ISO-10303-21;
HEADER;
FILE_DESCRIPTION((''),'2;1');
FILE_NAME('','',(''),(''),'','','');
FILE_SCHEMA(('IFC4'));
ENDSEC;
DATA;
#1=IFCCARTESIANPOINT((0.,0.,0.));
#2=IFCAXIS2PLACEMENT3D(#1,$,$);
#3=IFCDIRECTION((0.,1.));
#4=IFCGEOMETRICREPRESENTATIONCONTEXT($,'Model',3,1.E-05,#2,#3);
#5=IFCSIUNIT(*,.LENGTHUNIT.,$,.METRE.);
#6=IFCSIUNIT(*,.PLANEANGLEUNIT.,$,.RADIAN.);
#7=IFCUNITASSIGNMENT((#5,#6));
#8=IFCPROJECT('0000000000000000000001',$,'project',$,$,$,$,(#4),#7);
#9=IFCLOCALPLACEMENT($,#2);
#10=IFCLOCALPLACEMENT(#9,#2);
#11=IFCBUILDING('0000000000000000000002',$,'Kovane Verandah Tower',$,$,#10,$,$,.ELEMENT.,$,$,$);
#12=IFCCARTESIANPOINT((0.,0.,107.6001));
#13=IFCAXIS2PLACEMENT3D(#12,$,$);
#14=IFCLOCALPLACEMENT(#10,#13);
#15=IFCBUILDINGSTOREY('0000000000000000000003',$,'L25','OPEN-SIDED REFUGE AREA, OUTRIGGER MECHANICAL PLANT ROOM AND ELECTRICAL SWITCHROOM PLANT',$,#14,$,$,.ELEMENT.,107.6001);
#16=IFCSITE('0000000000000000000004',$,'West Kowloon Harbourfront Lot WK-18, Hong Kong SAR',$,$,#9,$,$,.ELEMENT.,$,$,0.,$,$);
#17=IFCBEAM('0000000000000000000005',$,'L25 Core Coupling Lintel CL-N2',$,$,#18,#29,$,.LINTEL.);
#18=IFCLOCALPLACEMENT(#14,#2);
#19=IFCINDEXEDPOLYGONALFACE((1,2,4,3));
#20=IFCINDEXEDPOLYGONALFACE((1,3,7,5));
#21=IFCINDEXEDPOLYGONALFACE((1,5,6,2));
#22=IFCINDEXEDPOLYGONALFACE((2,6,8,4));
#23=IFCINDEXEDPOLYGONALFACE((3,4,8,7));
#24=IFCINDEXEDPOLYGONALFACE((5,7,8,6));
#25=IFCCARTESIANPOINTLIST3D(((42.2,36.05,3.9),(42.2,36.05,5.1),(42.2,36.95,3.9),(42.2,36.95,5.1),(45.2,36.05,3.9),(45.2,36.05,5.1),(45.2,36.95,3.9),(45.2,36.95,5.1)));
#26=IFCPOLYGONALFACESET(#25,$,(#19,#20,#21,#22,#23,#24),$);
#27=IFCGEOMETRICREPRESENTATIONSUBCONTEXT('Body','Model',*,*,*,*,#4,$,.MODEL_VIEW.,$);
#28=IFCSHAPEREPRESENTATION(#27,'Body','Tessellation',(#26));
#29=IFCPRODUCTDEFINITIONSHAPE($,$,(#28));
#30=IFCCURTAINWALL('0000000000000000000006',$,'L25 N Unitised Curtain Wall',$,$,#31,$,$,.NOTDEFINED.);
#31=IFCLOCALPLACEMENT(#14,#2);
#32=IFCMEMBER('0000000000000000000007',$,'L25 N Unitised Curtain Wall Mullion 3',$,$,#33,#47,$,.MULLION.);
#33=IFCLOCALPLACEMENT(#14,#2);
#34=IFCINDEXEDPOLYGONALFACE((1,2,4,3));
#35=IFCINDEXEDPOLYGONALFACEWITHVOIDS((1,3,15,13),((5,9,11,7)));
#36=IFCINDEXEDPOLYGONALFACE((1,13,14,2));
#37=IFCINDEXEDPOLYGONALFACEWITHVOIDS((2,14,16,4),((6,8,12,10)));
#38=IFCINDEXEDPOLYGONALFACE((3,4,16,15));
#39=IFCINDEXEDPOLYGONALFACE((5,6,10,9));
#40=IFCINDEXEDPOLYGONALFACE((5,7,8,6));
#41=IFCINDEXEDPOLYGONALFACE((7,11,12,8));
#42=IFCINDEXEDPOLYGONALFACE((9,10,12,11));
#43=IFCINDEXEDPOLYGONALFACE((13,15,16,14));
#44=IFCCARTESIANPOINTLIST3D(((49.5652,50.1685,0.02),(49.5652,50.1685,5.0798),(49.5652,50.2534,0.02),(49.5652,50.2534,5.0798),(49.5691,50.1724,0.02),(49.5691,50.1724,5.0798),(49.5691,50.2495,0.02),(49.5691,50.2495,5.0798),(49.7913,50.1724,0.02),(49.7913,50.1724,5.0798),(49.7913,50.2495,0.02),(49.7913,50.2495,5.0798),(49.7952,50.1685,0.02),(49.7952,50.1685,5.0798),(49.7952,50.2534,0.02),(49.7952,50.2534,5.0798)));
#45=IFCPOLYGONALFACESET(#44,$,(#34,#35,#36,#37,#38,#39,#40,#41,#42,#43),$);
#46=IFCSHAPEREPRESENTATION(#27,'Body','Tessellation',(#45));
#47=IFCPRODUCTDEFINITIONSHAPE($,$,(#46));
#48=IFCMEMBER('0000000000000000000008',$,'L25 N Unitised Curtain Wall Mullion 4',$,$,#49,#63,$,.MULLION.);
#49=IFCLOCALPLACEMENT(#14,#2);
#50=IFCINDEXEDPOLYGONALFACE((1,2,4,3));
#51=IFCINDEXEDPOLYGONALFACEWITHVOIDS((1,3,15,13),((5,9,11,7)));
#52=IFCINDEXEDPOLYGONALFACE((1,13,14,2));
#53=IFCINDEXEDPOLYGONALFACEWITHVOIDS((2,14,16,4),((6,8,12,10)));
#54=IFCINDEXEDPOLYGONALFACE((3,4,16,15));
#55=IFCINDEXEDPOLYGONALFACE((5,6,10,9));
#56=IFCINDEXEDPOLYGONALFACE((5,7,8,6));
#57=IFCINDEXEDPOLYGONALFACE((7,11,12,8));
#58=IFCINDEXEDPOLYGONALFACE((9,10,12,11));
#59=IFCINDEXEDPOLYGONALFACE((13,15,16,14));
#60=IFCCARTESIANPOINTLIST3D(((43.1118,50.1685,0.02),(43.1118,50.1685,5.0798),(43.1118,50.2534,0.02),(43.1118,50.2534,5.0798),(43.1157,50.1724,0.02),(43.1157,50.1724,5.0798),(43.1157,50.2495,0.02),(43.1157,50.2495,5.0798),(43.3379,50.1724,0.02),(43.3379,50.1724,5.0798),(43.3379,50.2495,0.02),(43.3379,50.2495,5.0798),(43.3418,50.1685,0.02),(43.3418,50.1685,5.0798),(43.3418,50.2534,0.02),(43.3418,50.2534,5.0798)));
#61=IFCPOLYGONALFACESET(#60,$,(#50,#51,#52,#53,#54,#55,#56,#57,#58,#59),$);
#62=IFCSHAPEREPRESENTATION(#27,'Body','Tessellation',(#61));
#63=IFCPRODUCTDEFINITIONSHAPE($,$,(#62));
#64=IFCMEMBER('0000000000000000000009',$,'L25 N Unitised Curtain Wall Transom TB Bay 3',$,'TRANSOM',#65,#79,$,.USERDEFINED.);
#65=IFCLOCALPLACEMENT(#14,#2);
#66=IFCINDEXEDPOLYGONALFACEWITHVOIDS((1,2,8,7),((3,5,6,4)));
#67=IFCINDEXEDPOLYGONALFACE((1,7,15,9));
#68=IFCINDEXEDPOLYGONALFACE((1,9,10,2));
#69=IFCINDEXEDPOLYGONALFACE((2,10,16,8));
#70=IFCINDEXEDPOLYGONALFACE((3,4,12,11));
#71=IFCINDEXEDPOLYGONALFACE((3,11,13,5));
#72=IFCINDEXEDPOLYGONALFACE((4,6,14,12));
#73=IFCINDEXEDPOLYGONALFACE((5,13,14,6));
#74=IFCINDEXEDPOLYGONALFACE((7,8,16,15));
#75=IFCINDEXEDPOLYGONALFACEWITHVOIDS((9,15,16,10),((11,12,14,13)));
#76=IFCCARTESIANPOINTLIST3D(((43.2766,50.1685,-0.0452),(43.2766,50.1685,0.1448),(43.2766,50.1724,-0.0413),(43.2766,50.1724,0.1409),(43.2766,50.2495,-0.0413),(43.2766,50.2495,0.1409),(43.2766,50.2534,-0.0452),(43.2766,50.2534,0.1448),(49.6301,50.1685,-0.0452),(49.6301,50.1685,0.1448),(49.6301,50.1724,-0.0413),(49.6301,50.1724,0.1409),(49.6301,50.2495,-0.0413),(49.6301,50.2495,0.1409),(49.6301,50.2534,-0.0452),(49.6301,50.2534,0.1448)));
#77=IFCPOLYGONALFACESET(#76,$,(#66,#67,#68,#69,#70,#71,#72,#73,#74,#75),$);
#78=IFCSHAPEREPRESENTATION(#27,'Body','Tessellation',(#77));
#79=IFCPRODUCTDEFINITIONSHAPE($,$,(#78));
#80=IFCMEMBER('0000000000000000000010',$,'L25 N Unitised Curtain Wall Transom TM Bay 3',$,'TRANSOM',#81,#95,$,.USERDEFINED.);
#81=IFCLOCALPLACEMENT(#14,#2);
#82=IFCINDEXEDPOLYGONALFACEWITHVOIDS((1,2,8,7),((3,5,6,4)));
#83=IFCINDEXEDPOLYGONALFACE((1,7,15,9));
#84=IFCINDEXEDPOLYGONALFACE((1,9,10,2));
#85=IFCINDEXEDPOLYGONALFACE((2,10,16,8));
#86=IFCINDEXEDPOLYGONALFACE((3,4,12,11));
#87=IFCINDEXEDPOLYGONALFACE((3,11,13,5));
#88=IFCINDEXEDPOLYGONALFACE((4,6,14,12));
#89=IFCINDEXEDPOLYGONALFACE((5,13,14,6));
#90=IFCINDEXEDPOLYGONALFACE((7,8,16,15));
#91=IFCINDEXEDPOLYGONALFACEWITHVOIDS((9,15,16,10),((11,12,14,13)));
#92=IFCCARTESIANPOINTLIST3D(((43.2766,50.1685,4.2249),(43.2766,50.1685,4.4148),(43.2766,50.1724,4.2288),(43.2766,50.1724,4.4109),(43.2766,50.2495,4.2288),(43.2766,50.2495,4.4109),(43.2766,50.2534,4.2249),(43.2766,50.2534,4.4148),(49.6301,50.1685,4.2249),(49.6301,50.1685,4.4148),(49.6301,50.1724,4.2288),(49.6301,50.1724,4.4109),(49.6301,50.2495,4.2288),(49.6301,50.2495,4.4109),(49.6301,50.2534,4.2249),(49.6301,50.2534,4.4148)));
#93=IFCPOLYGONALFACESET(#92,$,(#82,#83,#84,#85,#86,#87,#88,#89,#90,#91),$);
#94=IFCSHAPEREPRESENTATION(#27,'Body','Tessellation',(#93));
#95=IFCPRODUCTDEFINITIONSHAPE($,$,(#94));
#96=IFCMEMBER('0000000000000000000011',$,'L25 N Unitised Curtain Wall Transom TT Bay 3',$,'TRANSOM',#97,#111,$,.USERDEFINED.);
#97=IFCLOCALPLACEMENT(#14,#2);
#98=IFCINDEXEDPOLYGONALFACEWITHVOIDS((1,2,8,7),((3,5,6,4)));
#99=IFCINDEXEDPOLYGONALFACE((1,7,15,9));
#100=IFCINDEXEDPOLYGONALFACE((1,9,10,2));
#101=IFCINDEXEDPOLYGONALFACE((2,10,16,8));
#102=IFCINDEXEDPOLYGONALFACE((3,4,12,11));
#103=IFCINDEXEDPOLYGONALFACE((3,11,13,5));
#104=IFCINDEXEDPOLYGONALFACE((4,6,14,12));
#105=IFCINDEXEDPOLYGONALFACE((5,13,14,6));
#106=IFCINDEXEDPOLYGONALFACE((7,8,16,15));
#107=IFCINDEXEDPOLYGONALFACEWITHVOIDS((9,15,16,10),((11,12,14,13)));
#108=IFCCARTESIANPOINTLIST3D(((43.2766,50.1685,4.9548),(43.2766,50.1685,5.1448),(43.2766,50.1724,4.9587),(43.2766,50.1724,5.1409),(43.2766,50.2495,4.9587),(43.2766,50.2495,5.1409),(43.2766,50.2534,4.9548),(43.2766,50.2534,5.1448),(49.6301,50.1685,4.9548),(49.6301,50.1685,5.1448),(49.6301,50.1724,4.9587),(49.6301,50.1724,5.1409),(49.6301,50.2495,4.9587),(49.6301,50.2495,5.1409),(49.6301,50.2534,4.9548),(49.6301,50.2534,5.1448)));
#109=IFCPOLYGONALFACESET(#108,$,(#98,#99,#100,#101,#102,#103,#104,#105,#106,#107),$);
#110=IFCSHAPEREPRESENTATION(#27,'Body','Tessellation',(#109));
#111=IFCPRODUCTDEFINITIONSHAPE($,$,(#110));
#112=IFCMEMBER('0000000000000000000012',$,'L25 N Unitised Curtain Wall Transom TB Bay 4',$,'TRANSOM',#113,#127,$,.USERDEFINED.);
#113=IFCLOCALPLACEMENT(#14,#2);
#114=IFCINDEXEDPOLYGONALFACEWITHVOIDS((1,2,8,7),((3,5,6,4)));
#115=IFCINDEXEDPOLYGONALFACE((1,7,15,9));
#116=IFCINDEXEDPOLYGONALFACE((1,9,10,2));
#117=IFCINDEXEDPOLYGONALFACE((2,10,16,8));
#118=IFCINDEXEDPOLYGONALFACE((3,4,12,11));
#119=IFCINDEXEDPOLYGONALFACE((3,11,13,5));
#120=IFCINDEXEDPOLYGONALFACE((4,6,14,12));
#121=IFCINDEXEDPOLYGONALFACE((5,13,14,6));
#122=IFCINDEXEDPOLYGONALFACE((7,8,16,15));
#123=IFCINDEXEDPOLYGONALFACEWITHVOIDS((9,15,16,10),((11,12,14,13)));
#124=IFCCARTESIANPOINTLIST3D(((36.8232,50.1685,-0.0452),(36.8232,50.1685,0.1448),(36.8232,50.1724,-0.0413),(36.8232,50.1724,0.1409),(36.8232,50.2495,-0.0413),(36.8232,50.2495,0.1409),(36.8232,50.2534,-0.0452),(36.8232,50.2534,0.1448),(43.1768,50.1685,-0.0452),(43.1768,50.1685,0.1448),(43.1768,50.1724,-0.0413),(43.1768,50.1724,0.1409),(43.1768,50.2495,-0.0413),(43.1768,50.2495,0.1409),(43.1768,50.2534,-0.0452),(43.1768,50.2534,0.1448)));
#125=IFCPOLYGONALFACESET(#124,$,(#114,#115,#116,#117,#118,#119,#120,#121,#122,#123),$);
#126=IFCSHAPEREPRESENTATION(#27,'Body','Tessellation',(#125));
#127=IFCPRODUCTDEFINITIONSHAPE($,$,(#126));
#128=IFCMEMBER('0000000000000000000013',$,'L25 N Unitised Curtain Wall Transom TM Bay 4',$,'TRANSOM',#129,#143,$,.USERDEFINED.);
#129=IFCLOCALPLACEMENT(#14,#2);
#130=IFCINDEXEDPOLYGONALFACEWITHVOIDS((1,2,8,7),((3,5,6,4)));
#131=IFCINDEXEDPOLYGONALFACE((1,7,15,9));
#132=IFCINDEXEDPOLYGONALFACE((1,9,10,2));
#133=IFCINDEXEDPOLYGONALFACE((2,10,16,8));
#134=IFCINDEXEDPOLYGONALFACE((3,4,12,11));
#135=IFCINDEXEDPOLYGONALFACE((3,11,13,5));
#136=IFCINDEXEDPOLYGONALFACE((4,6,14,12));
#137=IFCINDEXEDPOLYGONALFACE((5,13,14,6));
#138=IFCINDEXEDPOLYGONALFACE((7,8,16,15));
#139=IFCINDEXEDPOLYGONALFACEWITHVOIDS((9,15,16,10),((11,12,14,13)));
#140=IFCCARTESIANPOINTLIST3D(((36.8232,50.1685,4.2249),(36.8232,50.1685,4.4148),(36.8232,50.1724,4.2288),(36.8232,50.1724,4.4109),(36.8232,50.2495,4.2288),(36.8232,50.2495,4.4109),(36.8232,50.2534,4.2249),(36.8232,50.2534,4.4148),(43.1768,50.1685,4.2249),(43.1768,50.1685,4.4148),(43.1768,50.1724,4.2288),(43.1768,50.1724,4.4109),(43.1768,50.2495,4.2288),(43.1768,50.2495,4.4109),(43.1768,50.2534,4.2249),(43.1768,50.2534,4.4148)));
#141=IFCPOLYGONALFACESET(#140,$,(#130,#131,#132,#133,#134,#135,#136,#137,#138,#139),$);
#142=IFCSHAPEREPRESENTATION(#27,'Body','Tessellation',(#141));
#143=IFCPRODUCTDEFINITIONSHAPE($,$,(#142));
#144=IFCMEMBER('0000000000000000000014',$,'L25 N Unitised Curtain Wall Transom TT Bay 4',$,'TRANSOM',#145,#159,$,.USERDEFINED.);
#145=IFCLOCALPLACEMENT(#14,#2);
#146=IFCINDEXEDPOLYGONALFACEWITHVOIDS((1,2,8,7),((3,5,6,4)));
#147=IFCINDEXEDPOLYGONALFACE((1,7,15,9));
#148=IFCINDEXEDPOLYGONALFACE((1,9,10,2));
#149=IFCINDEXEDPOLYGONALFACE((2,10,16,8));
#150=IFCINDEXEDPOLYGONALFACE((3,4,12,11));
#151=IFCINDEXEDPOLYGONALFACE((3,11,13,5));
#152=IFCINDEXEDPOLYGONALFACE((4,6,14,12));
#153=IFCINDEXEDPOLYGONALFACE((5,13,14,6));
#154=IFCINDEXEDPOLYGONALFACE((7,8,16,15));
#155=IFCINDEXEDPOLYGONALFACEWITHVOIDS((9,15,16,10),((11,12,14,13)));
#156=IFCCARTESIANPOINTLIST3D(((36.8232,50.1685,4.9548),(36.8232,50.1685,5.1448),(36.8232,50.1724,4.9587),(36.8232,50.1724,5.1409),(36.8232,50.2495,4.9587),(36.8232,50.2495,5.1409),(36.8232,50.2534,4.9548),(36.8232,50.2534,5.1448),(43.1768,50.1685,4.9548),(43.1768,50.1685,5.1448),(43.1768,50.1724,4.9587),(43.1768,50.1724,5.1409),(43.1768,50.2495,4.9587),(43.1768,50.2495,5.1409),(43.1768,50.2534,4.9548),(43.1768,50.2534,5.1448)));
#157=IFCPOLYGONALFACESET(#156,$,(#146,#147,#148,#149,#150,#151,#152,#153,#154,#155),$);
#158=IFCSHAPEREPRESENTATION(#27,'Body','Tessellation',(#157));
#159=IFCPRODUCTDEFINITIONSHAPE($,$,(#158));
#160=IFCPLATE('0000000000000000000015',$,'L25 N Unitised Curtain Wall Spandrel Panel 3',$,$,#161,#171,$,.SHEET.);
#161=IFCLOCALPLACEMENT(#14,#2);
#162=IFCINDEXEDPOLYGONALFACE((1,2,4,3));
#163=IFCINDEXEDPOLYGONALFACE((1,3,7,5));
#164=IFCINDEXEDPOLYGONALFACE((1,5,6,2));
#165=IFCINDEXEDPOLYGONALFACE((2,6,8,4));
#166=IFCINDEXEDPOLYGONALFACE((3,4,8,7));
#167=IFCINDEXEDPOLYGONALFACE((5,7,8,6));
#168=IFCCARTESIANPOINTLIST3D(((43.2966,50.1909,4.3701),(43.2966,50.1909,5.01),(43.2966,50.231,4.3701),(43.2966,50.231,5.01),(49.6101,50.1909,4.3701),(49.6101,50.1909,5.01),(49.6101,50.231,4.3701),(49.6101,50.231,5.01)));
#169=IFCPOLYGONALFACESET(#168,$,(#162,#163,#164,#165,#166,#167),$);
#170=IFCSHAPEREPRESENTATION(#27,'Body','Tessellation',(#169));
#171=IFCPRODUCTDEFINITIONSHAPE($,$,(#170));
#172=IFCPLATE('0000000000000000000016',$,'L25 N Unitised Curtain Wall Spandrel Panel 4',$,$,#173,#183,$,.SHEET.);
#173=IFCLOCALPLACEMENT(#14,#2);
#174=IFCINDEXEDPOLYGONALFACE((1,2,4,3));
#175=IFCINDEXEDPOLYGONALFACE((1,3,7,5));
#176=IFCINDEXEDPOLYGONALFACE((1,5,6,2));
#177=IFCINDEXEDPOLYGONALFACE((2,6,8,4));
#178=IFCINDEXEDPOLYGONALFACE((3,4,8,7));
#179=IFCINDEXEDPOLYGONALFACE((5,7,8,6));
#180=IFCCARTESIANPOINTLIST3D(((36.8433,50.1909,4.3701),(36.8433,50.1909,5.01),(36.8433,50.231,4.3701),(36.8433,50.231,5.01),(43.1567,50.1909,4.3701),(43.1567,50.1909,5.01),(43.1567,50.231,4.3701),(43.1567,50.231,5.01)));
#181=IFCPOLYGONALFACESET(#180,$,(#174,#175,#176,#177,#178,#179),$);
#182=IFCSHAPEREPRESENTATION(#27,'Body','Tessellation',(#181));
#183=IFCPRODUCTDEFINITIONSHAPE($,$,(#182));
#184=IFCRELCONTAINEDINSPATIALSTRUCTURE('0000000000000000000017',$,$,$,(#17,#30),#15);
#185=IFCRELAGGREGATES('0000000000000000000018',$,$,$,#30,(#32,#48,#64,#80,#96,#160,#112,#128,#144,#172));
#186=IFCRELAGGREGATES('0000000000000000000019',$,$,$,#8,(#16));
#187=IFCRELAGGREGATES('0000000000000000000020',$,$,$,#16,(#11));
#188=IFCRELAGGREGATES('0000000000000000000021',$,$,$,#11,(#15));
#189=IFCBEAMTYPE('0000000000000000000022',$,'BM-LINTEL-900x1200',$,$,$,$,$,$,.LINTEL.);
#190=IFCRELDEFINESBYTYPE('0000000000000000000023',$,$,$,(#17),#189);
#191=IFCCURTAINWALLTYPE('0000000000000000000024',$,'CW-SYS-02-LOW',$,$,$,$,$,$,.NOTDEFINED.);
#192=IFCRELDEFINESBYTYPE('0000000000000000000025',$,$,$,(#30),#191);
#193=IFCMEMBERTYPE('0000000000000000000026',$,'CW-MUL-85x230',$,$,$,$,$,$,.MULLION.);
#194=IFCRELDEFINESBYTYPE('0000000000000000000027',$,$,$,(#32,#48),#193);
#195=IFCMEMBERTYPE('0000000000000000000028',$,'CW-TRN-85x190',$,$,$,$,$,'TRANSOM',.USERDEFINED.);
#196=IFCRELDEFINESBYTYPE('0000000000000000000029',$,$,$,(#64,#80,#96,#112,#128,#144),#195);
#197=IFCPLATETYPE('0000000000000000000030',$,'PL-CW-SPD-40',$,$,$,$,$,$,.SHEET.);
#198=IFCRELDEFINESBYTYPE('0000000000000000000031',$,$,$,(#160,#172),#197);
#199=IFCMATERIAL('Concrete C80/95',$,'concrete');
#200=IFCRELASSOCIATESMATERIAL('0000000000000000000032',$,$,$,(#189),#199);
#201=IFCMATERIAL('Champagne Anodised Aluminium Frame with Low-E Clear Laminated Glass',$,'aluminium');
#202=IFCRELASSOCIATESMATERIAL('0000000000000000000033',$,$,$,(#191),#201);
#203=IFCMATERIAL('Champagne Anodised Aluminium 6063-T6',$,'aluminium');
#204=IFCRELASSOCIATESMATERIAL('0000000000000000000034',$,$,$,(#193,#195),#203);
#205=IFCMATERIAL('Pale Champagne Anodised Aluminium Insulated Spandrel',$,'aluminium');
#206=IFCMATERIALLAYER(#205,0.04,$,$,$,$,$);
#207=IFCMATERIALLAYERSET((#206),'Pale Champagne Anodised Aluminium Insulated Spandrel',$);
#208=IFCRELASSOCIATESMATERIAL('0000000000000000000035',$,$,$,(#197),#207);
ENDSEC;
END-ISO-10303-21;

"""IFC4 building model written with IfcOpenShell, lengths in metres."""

from ifc_helpers import new_model, si_unit, direction, frame, origin, origin_2d, place, context, subcontext, project, spatial, rectangle, hollow_rectangle, extrude, material, layer, layer_set, material_profile, profile_set, type_object, element, aggregate, save


model = new_model("IFC4")

# Units and contexts
model_context = context("Model", 3, precision=1e-05, world=origin(), true_north=direction((0.0, 1.0)))
body_context = subcontext(model_context, "Body", "Model", "MODEL_VIEW")
ifc_project = project(units=[si_unit("LENGTHUNIT", "METRE"), si_unit("PLANEANGLEUNIT", "RADIAN")], contexts=[model_context])

# Site, building, storey
site_placement = place(None, origin())
site = spatial("IfcSite", under=ifc_project, at=site_placement, Name="West Kowloon Harbourfront Lot WK-18, Hong Kong SAR", CompositionType="ELEMENT", RefElevation=0.0)
building_placement = place(site_placement, origin())
building = spatial("IfcBuilding", under=site, at=building_placement, Name="Kovane Verandah Tower", CompositionType="ELEMENT")
storey_placement = place(building_placement, frame((0.0, 0.0, 107.6001)))
storey = spatial("IfcBuildingStorey", under=building, at=storey_placement, Name="L25", Description="OPEN-SIDED REFUGE AREA, OUTRIGGER MECHANICAL PLANT ROOM AND ELECTRICAL SWITCHROOM PLANT", CompositionType="ELEMENT", Elevation=107.6001)

# Beam
ifc_material_1 = material(Name="Concrete C80/95", Category="concrete")
ifc_material_profile_1 = material_profile(ifc_material_1, rectangle(XDim=0.8999, YDim=1.2, at=origin_2d()), Name="RCB900x1200")
ifc_profile_set_1 = profile_set([ifc_material_profile_1], Name="Concrete C80/95")
beam_type = type_object("IfcBeamType", Name="BM-LINTEL-900x1200", PredefinedType="LINTEL", material=ifc_profile_set_1)
beam_placement = place(storey_placement, frame((42.2, 36.5, 4.5), z_axis=(1.0, 0.0, 0.0), x_axis=(0.0, 1.0, 0.0)))
element("IfcBeam", 1, at=beam_placement, inside=storey, type_object=beam_type, Name="L25 Core Coupling Lintel CL-N2", PredefinedType="LINTEL", context=body_context, shape_type="SweptSolid", body=[
    extrude(rectangle(XDim=0.8999, YDim=1.2, at=origin_2d()), origin(), (0.0, 0.0, 1.0), 3.0),
])

# Curtain wall, members, plates
ifc_material_2 = material(Name="Champagne Anodised Aluminium Frame with Low-E Clear Laminated Glass", Category="aluminium")
curtain_wall_type = type_object("IfcCurtainWallType", Name="CW-SYS-02-LOW", PredefinedType="NOTDEFINED", material=ifc_material_2)
curtain_wall_placement = place(storey_placement, origin())
curtain_wall = element("IfcCurtainWall", 2, at=curtain_wall_placement, inside=storey, type_object=curtain_wall_type, Name="L25 N Unitised Curtain Wall", PredefinedType="NOTDEFINED")
ifc_material_3 = material(Name="Champagne Anodised Aluminium 6063-T6", Category="aluminium")
ifc_material_profile_2 = material_profile(ifc_material_3, hollow_rectangle(XDim=0.085, YDim=0.23, WallThickness=0.0039, at=origin_2d()), Name="AL85x230x4")
ifc_profile_set_2 = profile_set([ifc_material_profile_2], Name="Champagne Anodised Aluminium 6063-T6")
member_type_1 = type_object("IfcMemberType", Name="CW-MUL-85x230", PredefinedType="MULLION", material=ifc_profile_set_2)
member_1_placement = place(storey_placement, frame((49.6802, 50.2109, 0.02), z_axis=(0.0, 0.0, 1.0), x_axis=(0.0, 1.0, 0.0)))
member_1 = element("IfcMember", 3, at=member_1_placement, type_object=member_type_1, Name="L25 N Unitised Curtain Wall Mullion 3", PredefinedType="MULLION", context=body_context, shape_type="SweptSolid", body=[
    extrude(hollow_rectangle(XDim=0.085, YDim=0.23, WallThickness=0.0039, at=origin_2d()), origin(), (0.0, 0.0, 1.0), 5.0598),
])
member_2_placement = place(storey_placement, frame((43.2268, 50.2109, 0.02), z_axis=(0.0, 0.0, 1.0), x_axis=(0.0, 1.0, 0.0)))
member_2 = element("IfcMember", 4, at=member_2_placement, type_object=member_type_1, Name="L25 N Unitised Curtain Wall Mullion 4", PredefinedType="MULLION", context=body_context, shape_type="SweptSolid", body=[
    extrude(hollow_rectangle(XDim=0.085, YDim=0.23, WallThickness=0.0039, at=origin_2d()), origin(), (0.0, 0.0, 1.0), 5.0598),
])
ifc_material_profile_3 = material_profile(ifc_material_3, hollow_rectangle(XDim=0.085, YDim=0.1899, WallThickness=0.0039, at=origin_2d()), Name="AL85x190x4")
ifc_profile_set_3 = profile_set([ifc_material_profile_3], Name="Champagne Anodised Aluminium 6063-T6")
member_type_2 = type_object("IfcMemberType", Name="CW-TRN-85x190", ElementType="TRANSOM", PredefinedType="USERDEFINED", material=ifc_profile_set_3)
member_3_placement = place(storey_placement, frame((49.6301, 50.2109, 0.0498), z_axis=(-1.0, 0.0, 0.0), x_axis=(0.0, -1.0, 0.0)))
member_3 = element("IfcMember", 5, at=member_3_placement, type_object=member_type_2, Name="L25 N Unitised Curtain Wall Transom TB Bay 3", ObjectType="TRANSOM", PredefinedType="USERDEFINED", context=body_context, shape_type="SweptSolid", body=[
    extrude(hollow_rectangle(XDim=0.085, YDim=0.1899, WallThickness=0.0039, at=origin_2d()), origin(), (0.0, 0.0, 1.0), 6.3535),
])
member_4_placement = place(storey_placement, frame((49.6301, 50.2109, 4.3198), z_axis=(-1.0, 0.0, 0.0), x_axis=(0.0, -1.0, 0.0)))
member_4 = element("IfcMember", 6, at=member_4_placement, type_object=member_type_2, Name="L25 N Unitised Curtain Wall Transom TM Bay 3", ObjectType="TRANSOM", PredefinedType="USERDEFINED", context=body_context, shape_type="SweptSolid", body=[
    extrude(hollow_rectangle(XDim=0.085, YDim=0.1899, WallThickness=0.0039, at=origin_2d()), origin(), (0.0, 0.0, 1.0), 6.3535),
])
member_5_placement = place(storey_placement, frame((49.6301, 50.2109, 5.0498), z_axis=(-1.0, 0.0, 0.0), x_axis=(0.0, -1.0, 0.0)))
member_5 = element("IfcMember", 7, at=member_5_placement, type_object=member_type_2, Name="L25 N Unitised Curtain Wall Transom TT Bay 3", ObjectType="TRANSOM", PredefinedType="USERDEFINED", context=body_context, shape_type="SweptSolid", body=[
    extrude(hollow_rectangle(XDim=0.085, YDim=0.1899, WallThickness=0.0039, at=origin_2d()), origin(), (0.0, 0.0, 1.0), 6.3535),
])
member_6_placement = place(storey_placement, frame((43.1768, 50.2109, 0.0498), z_axis=(-1.0, 0.0, 0.0), x_axis=(0.0, -1.0, 0.0)))
member_6 = element("IfcMember", 8, at=member_6_placement, type_object=member_type_2, Name="L25 N Unitised Curtain Wall Transom TB Bay 4", ObjectType="TRANSOM", PredefinedType="USERDEFINED", context=body_context, shape_type="SweptSolid", body=[
    extrude(hollow_rectangle(XDim=0.085, YDim=0.1899, WallThickness=0.0039, at=origin_2d()), origin(), (0.0, 0.0, 1.0), 6.3535),
])
member_7_placement = place(storey_placement, frame((43.1768, 50.2109, 4.3198), z_axis=(-1.0, 0.0, 0.0), x_axis=(0.0, -1.0, 0.0)))
member_7 = element("IfcMember", 9, at=member_7_placement, type_object=member_type_2, Name="L25 N Unitised Curtain Wall Transom TM Bay 4", ObjectType="TRANSOM", PredefinedType="USERDEFINED", context=body_context, shape_type="SweptSolid", body=[
    extrude(hollow_rectangle(XDim=0.085, YDim=0.1899, WallThickness=0.0039, at=origin_2d()), origin(), (0.0, 0.0, 1.0), 6.3535),
])
member_8_placement = place(storey_placement, frame((43.1768, 50.2109, 5.0498), z_axis=(-1.0, 0.0, 0.0), x_axis=(0.0, -1.0, 0.0)))
member_8 = element("IfcMember", 10, at=member_8_placement, type_object=member_type_2, Name="L25 N Unitised Curtain Wall Transom TT Bay 4", ObjectType="TRANSOM", PredefinedType="USERDEFINED", context=body_context, shape_type="SweptSolid", body=[
    extrude(hollow_rectangle(XDim=0.085, YDim=0.1899, WallThickness=0.0039, at=origin_2d()), origin(), (0.0, 0.0, 1.0), 6.3535),
])
ifc_material_4 = material(Name="Pale Champagne Anodised Aluminium Insulated Spandrel", Category="aluminium")
ifc_layer_1 = layer(ifc_material_4, 0.04)
ifc_layer_set_1 = layer_set([ifc_layer_1], Name="Pale Champagne Anodised Aluminium Insulated Spandrel")
plate_type_1 = type_object("IfcPlateType", Name="PL-CW-SPD-40", PredefinedType="SHEET", material=ifc_layer_set_1)
plate_1_placement = place(storey_placement, frame((46.4534, 50.2109, 4.3701), z_axis=(0.0, 0.0, 1.0), x_axis=(-1.0, 0.0, 0.0)))
plate_1 = element("IfcPlate", 11, at=plate_1_placement, type_object=plate_type_1, Name="L25 N Unitised Curtain Wall Spandrel Panel 3", PredefinedType="SHEET", context=body_context, shape_type="SweptSolid", body=[
    extrude(rectangle(XDim=6.3135, YDim=0.04, at=origin_2d()), origin(), (0.0, 0.0, 1.0), 0.6399),
])
plate_2_placement = place(storey_placement, frame((40.0, 50.2109, 4.3701), z_axis=(0.0, 0.0, 1.0), x_axis=(-1.0, 0.0, 0.0)))
plate_2 = element("IfcPlate", 12, at=plate_2_placement, type_object=plate_type_1, Name="L25 N Unitised Curtain Wall Spandrel Panel 4", PredefinedType="SHEET", context=body_context, shape_type="SweptSolid", body=[
    extrude(rectangle(XDim=6.3135, YDim=0.04, at=origin_2d()), origin(), (0.0, 0.0, 1.0), 0.6399),
])
aggregate(curtain_wall, [member_1, member_2, member_3, member_4, member_5, plate_1, member_6, member_7, member_8, plate_2])

save(model, "model.ifc")
